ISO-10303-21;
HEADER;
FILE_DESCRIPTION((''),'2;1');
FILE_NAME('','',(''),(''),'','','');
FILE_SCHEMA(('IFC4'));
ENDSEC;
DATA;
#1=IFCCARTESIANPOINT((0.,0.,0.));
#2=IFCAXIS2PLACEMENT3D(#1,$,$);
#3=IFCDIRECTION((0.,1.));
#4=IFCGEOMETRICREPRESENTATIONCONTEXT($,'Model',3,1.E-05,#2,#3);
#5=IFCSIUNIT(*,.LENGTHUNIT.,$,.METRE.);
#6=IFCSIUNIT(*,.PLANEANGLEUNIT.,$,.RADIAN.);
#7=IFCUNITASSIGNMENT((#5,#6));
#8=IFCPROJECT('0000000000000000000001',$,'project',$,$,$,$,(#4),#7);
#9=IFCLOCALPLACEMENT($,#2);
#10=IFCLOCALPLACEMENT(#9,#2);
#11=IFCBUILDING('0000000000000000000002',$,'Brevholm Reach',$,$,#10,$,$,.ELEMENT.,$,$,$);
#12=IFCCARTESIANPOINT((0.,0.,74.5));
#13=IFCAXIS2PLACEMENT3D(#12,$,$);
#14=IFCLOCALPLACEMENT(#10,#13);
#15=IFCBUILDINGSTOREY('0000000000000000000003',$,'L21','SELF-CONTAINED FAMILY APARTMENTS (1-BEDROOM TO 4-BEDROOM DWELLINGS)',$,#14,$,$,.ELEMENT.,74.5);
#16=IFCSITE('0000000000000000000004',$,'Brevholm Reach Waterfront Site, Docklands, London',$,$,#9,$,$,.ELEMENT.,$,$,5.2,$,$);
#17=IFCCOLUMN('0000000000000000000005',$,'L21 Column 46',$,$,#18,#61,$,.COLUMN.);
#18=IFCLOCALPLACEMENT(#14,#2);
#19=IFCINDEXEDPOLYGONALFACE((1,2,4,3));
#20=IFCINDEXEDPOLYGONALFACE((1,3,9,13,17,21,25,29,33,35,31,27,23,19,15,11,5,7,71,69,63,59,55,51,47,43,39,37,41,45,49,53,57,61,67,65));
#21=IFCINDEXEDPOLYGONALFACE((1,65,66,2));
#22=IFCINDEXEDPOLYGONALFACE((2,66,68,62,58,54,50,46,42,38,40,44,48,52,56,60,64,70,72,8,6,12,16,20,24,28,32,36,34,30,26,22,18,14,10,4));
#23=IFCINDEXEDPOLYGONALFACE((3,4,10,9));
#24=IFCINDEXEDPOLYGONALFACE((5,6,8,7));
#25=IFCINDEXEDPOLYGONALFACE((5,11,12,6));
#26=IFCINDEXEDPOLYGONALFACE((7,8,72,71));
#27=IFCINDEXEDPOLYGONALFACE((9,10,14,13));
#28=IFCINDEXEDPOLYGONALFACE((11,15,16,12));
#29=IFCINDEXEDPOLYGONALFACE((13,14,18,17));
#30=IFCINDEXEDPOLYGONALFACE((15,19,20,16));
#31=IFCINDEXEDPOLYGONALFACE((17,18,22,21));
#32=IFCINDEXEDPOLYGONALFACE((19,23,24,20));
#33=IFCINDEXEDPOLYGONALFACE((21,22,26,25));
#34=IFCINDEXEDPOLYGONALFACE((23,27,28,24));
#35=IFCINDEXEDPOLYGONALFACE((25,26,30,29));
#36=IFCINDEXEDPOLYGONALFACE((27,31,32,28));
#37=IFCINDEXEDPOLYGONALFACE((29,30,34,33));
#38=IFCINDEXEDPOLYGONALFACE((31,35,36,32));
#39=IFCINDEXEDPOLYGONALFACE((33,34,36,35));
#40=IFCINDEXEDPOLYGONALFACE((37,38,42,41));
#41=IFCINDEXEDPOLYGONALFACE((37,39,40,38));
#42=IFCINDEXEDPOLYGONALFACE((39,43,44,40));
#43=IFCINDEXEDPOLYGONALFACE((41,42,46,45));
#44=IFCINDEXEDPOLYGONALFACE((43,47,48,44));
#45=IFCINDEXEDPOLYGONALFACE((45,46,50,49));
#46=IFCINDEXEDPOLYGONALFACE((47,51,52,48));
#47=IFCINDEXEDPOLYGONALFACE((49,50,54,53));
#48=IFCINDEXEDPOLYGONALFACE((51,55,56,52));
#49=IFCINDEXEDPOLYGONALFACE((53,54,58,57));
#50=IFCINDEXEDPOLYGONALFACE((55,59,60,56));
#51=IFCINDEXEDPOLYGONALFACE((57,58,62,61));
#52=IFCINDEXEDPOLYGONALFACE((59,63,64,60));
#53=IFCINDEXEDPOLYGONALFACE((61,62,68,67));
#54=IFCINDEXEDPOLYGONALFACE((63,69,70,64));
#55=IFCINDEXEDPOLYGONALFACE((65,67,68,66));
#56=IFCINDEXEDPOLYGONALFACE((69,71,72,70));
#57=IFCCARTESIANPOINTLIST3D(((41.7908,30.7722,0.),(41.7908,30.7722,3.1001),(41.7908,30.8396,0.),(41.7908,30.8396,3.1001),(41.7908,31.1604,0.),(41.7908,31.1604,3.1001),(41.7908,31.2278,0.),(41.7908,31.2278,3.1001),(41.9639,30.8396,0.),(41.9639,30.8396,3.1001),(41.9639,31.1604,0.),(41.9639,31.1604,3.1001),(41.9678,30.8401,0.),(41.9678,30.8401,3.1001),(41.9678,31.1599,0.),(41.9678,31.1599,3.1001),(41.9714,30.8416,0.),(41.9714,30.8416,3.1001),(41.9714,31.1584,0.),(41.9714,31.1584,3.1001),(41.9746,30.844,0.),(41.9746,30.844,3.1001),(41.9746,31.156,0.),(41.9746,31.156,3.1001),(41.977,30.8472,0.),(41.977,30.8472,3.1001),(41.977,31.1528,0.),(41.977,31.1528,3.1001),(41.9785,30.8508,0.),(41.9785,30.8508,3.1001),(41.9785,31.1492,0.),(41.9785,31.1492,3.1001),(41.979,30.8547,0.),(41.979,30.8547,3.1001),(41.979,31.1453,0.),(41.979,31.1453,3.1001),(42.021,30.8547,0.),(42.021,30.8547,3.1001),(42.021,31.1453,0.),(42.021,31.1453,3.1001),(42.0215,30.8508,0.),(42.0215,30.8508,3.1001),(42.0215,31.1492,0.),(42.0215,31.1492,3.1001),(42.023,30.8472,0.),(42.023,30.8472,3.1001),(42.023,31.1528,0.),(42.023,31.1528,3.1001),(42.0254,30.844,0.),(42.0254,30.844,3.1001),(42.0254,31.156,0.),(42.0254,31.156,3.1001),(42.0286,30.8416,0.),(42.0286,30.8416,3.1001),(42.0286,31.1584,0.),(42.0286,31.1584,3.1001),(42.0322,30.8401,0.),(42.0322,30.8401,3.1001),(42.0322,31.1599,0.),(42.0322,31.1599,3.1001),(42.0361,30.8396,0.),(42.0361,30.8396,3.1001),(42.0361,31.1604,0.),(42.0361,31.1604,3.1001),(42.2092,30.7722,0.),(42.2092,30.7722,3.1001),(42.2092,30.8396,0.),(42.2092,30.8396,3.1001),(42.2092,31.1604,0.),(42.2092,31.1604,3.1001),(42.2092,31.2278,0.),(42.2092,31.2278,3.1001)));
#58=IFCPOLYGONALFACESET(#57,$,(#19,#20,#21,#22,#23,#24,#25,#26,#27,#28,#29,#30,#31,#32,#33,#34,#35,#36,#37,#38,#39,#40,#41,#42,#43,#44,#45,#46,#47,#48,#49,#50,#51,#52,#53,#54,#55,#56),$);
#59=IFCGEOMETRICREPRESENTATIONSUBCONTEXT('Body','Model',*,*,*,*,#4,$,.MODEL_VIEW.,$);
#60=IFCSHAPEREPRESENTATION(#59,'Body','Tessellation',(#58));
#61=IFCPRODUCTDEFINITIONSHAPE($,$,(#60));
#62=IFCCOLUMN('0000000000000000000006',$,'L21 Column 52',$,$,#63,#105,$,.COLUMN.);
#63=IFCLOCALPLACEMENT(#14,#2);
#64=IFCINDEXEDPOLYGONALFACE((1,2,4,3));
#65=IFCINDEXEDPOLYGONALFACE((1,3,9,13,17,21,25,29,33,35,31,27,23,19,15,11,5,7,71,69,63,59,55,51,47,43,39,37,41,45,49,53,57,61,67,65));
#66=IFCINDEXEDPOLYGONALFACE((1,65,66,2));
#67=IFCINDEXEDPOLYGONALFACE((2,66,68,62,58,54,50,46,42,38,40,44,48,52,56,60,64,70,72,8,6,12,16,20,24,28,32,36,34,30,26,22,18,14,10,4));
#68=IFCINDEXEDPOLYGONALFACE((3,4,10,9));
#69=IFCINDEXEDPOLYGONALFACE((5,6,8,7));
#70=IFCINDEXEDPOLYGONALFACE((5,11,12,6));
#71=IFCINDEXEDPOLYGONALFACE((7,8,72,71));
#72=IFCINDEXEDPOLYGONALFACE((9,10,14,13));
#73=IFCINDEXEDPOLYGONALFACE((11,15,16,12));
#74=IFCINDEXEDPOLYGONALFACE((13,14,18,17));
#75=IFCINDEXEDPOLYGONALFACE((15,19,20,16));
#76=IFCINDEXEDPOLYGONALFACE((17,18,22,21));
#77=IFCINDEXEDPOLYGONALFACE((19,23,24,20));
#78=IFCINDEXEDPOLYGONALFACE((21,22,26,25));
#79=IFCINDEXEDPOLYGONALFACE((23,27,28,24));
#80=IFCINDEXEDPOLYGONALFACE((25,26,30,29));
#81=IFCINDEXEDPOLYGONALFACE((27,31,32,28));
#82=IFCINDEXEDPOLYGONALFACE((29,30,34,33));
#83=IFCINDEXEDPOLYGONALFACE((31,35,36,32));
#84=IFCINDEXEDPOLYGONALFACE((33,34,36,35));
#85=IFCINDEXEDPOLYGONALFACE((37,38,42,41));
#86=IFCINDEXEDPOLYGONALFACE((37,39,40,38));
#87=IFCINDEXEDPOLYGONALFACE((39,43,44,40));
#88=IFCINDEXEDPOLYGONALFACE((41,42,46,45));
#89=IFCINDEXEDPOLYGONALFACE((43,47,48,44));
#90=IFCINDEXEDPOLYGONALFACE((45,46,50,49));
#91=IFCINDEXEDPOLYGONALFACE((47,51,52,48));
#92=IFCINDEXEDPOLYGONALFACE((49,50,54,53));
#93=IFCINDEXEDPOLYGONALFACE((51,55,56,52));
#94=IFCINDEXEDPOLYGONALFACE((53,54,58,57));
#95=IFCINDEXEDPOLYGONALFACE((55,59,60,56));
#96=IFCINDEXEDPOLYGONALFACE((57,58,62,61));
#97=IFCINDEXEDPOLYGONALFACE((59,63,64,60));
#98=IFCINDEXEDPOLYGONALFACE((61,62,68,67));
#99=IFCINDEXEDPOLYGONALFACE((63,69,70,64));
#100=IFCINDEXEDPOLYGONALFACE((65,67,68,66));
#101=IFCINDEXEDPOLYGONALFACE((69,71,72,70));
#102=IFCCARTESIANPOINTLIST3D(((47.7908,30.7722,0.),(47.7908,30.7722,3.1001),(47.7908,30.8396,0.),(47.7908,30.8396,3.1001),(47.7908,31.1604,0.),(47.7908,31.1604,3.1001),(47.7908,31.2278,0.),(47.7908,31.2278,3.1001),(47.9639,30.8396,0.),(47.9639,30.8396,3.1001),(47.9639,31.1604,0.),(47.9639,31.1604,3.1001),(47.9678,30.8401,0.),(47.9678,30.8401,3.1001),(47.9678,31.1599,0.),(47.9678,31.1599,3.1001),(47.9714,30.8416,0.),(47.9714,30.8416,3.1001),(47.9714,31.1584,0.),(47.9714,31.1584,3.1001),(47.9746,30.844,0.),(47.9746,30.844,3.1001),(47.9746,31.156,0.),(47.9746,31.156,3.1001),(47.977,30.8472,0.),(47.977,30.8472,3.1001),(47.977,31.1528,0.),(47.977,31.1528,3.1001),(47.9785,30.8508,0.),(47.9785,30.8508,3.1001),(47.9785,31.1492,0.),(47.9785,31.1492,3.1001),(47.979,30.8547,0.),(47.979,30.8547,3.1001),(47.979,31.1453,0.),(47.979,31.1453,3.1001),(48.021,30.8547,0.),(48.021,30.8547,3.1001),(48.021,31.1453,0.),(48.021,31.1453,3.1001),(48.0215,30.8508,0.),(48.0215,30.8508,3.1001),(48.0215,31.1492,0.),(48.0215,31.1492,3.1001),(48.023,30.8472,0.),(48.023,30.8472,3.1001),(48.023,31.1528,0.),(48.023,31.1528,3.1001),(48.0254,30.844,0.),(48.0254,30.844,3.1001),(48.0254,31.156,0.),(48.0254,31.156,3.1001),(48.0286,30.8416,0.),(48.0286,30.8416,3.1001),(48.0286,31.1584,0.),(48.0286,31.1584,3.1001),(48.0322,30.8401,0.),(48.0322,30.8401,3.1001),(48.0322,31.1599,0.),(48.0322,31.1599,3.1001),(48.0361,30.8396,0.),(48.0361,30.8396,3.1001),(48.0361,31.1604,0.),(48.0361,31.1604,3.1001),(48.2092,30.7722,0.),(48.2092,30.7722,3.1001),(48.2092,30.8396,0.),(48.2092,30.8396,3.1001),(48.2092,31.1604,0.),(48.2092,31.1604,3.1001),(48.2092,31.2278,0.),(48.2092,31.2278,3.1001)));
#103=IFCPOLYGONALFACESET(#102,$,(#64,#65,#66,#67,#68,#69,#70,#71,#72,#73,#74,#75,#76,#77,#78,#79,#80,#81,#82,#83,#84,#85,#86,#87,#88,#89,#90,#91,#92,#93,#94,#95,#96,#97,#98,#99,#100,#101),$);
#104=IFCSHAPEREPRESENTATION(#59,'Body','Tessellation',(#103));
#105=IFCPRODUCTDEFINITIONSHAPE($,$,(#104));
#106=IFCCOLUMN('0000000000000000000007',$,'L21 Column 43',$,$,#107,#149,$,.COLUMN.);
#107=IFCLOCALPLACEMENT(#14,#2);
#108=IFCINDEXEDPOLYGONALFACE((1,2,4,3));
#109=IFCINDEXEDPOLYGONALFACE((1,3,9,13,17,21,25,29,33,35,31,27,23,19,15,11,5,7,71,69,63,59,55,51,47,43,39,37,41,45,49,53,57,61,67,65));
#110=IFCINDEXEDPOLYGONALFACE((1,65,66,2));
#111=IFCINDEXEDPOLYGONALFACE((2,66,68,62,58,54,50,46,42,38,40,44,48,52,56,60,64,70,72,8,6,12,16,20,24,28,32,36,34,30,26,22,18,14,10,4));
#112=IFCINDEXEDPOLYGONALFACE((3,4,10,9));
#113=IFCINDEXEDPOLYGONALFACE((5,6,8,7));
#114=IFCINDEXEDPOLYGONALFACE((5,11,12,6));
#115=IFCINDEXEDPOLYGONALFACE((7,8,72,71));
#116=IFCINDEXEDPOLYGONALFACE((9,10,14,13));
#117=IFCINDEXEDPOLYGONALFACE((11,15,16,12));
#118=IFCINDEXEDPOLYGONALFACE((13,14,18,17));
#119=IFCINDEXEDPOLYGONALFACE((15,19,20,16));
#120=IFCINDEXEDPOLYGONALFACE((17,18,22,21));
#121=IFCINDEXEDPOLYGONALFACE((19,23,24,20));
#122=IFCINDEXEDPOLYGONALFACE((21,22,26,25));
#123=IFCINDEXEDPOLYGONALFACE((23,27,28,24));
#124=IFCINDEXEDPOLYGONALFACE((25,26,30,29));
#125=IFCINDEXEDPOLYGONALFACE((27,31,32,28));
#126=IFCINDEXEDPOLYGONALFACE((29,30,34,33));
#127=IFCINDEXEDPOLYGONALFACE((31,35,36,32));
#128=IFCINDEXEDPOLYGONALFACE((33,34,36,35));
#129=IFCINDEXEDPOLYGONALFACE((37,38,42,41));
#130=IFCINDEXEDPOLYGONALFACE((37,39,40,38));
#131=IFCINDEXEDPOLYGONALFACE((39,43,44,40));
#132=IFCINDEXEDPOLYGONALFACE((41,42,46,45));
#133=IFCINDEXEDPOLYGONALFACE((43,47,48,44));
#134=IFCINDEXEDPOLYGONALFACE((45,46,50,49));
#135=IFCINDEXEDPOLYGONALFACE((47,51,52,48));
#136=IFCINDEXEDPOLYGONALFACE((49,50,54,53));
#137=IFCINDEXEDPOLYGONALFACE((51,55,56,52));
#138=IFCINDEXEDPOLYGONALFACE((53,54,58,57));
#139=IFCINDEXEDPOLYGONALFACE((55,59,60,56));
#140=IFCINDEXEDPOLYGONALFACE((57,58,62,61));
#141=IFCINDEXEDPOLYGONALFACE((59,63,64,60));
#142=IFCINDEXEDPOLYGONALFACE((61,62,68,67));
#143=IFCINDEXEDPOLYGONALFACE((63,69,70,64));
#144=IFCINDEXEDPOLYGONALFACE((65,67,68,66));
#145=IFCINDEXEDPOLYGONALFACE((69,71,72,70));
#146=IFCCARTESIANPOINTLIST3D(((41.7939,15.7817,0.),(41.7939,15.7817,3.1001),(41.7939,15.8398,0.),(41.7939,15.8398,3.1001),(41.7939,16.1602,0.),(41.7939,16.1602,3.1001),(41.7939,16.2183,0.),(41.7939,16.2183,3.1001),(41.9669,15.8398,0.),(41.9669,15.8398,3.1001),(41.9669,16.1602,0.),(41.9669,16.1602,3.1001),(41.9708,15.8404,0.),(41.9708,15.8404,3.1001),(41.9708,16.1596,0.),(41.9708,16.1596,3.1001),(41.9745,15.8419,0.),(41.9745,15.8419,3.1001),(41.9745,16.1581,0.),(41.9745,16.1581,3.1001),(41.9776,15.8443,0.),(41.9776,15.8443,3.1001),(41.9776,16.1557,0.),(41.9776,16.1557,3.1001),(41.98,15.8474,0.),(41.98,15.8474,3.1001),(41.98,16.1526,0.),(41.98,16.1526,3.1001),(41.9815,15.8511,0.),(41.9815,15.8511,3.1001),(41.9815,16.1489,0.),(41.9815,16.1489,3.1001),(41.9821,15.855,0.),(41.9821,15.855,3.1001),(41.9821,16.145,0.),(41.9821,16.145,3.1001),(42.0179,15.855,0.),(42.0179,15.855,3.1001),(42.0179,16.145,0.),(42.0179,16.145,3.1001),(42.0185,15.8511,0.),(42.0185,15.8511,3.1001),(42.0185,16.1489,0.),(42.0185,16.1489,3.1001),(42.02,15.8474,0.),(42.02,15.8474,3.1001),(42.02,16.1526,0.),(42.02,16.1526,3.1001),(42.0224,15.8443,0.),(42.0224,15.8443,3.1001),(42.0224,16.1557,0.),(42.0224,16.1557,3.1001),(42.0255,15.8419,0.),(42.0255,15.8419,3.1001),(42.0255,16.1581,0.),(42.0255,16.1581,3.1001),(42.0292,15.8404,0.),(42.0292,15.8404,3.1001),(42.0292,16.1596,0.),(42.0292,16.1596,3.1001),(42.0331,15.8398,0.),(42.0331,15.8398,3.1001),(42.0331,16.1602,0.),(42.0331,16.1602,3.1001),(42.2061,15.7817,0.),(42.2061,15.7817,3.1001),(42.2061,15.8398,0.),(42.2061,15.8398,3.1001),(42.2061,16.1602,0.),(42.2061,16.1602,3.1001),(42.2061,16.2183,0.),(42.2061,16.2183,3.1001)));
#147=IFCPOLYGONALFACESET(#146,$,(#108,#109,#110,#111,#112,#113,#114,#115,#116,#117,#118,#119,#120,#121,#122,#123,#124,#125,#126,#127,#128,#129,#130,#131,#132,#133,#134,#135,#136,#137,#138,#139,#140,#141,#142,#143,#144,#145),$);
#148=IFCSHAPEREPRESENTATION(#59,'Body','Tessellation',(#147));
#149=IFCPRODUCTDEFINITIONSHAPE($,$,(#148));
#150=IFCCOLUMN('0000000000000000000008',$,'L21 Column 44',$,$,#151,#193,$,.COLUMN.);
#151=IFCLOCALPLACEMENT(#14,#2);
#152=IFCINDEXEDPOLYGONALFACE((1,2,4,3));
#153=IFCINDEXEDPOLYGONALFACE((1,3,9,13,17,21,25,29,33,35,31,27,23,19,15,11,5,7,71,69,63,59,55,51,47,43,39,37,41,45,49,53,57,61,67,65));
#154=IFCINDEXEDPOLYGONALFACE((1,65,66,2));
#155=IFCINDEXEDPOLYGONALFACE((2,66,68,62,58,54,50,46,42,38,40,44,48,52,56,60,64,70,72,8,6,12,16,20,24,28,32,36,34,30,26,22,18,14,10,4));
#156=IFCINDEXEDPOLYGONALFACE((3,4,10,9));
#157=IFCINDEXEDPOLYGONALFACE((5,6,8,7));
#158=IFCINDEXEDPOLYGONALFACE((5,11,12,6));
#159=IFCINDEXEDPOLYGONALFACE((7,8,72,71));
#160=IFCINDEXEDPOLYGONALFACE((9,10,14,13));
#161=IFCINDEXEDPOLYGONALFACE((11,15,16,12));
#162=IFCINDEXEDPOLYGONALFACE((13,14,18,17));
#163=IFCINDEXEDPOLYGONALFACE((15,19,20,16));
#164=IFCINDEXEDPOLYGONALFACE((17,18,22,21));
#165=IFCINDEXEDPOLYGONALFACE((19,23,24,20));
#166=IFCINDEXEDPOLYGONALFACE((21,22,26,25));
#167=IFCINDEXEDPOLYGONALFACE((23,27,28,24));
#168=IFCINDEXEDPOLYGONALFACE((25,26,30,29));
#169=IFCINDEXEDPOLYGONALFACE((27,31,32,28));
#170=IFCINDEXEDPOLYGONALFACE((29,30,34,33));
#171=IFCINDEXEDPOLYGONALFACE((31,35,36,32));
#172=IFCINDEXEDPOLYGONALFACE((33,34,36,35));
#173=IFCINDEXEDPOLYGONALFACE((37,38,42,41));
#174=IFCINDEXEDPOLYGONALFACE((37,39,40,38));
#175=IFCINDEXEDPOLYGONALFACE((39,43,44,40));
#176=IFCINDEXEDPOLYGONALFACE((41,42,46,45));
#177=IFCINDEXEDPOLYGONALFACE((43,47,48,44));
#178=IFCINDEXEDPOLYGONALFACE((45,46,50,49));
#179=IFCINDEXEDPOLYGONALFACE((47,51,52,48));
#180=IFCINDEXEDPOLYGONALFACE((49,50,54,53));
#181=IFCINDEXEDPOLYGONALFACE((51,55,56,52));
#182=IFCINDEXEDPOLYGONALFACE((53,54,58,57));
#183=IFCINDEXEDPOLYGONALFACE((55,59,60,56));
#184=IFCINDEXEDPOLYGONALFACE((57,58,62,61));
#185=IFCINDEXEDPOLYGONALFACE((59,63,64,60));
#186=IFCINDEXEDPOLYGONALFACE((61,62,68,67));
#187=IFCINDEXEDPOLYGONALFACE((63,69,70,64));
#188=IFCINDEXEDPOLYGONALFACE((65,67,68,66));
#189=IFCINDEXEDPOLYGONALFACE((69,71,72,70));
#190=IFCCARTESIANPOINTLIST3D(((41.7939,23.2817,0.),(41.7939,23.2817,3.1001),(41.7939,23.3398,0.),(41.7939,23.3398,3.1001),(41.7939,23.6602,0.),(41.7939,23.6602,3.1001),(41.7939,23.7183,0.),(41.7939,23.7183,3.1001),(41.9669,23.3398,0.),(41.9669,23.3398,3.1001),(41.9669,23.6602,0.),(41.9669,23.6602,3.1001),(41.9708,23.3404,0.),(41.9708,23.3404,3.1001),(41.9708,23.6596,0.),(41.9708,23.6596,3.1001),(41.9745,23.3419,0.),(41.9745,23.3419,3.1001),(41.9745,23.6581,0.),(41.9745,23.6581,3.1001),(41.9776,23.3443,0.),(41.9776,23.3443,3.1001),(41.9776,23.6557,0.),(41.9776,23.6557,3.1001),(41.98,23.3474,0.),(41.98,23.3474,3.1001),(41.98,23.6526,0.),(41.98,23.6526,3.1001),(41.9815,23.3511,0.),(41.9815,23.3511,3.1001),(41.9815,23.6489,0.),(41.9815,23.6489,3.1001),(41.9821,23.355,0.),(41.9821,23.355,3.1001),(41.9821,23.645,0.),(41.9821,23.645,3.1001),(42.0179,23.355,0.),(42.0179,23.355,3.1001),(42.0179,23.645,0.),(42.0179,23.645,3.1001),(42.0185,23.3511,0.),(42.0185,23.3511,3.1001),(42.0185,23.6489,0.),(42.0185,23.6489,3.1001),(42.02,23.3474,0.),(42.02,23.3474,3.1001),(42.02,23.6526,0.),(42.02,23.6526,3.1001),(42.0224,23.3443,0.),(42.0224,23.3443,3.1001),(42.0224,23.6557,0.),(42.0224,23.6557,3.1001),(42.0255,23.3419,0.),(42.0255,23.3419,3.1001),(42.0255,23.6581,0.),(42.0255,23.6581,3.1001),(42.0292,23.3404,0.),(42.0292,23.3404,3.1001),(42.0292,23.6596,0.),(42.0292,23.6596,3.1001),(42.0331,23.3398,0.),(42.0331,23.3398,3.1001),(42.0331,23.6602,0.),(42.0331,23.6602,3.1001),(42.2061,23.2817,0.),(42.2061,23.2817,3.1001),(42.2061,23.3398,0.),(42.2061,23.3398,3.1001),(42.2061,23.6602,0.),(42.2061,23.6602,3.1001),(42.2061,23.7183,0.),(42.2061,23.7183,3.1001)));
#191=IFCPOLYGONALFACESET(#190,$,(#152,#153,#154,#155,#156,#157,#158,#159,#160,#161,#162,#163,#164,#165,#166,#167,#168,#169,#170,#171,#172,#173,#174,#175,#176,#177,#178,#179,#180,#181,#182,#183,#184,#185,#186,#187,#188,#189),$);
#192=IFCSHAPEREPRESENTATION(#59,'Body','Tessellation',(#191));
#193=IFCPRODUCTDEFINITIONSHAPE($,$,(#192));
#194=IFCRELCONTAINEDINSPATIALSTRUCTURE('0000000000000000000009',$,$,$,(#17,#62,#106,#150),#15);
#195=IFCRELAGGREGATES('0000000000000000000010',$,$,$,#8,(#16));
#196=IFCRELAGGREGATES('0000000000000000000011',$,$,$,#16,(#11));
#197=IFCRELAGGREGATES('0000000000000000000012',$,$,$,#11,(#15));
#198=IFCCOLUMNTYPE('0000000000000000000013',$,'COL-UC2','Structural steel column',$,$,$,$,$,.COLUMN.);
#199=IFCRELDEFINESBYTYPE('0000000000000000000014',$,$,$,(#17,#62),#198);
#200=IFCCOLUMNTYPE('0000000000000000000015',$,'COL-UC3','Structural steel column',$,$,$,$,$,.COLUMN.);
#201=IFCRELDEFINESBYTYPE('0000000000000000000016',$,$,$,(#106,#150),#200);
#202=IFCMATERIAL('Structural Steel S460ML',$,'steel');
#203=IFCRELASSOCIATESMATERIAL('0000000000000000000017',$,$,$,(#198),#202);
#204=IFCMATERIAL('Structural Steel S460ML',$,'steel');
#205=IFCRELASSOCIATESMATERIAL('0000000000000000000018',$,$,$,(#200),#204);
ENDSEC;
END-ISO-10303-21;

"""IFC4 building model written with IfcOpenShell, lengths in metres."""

from ifc_helpers import new_model, si_unit, direction, frame, origin, origin_2d, place, context, subcontext, project, spatial, i_section, extrude, material, material_profile, profile_set, type_object, element, save


model = new_model("IFC4")

# Units and contexts
model_context = context("Model", 3, precision=1e-05, world=origin(), true_north=direction((0.0, 1.0)))
body_context = subcontext(model_context, "Body", "Model", "MODEL_VIEW")
ifc_project = project(units=[si_unit("LENGTHUNIT", "METRE"), si_unit("PLANEANGLEUNIT", "RADIAN")], contexts=[model_context])

# Site, building, storey
site_placement = place(None, origin())
site = spatial("IfcSite", under=ifc_project, at=site_placement, Name="Brevholm Reach Waterfront Site, Docklands, London", CompositionType="ELEMENT", RefElevation=5.2)
building_placement = place(site_placement, origin())
building = spatial("IfcBuilding", under=site, at=building_placement, Name="Brevholm Reach", CompositionType="ELEMENT")
storey_placement = place(building_placement, frame((0.0, 0.0, 74.5)))
storey = spatial("IfcBuildingStorey", under=building, at=storey_placement, Name="L21", Description="SELF-CONTAINED FAMILY APARTMENTS (1-BEDROOM TO 4-BEDROOM DWELLINGS)", CompositionType="ELEMENT", Elevation=74.5)

# Columns
ifc_material_1 = material(Name="Structural Steel S460ML", Category="steel")
ifc_material_profile_1 = material_profile(ifc_material_1, i_section(OverallWidth=0.4185, OverallDepth=0.4556, WebThickness=0.042, FlangeThickness=0.0674, FilletRadius=0.0151, at=origin_2d()), Name="UKC 356x406x551")
ifc_profile_set_1 = profile_set([ifc_material_profile_1], Name="Structural Steel S460ML")
column_type_1 = type_object("IfcColumnType", Name="COL-UC2", Description="Structural steel column", PredefinedType="COLUMN", material=ifc_profile_set_1)
for number, where, z_axis, x_axis, name in (
    (1, (42.0, 31.0, 0.0), (0.0, 0.0, 1.0), (1.0, 0.0, 0.0), "L21 Column 46"),
    (2, (48.0, 31.0, 0.0), (0.0, 0.0, 1.0), (1.0, 0.0, 0.0), "L21 Column 52"),
):
    element("IfcColumn", number, at=place(storey_placement, frame(where, z_axis=z_axis, x_axis=x_axis)), inside=storey, type_object=column_type_1, Name=name, PredefinedType="COLUMN", context=body_context, shape_type="SweptSolid", body=[
        extrude(i_section(OverallWidth=0.4185, OverallDepth=0.4556, WebThickness=0.042, FlangeThickness=0.0674, FilletRadius=0.0151, at=origin_2d()), origin(), (0.0, 0.0, 1.0), 3.1001),
    ])
ifc_material_2 = material(Name="Structural Steel S460ML", Category="steel")
ifc_material_profile_2 = material_profile(ifc_material_2, i_section(OverallWidth=0.4121, OverallDepth=0.4365, WebThickness=0.0359, FlangeThickness=0.0581, FilletRadius=0.0151, at=origin_2d()), Name="UKC 356x406x467")
ifc_profile_set_2 = profile_set([ifc_material_profile_2], Name="Structural Steel S460ML")
column_type_2 = type_object("IfcColumnType", Name="COL-UC3", Description="Structural steel column", PredefinedType="COLUMN", material=ifc_profile_set_2)
for number, where, z_axis, x_axis, name in (
    (3, (42.0, 16.0, 0.0), (0.0, 0.0, 1.0), (1.0, 0.0, 0.0), "L21 Column 43"),
    (4, (42.0, 23.5, 0.0), (0.0, 0.0, 1.0), (1.0, 0.0, 0.0), "L21 Column 44"),
):
    element("IfcColumn", number, at=place(storey_placement, frame(where, z_axis=z_axis, x_axis=x_axis)), inside=storey, type_object=column_type_2, Name=name, PredefinedType="COLUMN", context=body_context, shape_type="SweptSolid", body=[
        extrude(i_section(OverallWidth=0.4121, OverallDepth=0.4365, WebThickness=0.0359, FlangeThickness=0.0581, FilletRadius=0.0151, at=origin_2d()), origin(), (0.0, 0.0, 1.0), 3.1001),
    ])

save(model, "model.ifc")
